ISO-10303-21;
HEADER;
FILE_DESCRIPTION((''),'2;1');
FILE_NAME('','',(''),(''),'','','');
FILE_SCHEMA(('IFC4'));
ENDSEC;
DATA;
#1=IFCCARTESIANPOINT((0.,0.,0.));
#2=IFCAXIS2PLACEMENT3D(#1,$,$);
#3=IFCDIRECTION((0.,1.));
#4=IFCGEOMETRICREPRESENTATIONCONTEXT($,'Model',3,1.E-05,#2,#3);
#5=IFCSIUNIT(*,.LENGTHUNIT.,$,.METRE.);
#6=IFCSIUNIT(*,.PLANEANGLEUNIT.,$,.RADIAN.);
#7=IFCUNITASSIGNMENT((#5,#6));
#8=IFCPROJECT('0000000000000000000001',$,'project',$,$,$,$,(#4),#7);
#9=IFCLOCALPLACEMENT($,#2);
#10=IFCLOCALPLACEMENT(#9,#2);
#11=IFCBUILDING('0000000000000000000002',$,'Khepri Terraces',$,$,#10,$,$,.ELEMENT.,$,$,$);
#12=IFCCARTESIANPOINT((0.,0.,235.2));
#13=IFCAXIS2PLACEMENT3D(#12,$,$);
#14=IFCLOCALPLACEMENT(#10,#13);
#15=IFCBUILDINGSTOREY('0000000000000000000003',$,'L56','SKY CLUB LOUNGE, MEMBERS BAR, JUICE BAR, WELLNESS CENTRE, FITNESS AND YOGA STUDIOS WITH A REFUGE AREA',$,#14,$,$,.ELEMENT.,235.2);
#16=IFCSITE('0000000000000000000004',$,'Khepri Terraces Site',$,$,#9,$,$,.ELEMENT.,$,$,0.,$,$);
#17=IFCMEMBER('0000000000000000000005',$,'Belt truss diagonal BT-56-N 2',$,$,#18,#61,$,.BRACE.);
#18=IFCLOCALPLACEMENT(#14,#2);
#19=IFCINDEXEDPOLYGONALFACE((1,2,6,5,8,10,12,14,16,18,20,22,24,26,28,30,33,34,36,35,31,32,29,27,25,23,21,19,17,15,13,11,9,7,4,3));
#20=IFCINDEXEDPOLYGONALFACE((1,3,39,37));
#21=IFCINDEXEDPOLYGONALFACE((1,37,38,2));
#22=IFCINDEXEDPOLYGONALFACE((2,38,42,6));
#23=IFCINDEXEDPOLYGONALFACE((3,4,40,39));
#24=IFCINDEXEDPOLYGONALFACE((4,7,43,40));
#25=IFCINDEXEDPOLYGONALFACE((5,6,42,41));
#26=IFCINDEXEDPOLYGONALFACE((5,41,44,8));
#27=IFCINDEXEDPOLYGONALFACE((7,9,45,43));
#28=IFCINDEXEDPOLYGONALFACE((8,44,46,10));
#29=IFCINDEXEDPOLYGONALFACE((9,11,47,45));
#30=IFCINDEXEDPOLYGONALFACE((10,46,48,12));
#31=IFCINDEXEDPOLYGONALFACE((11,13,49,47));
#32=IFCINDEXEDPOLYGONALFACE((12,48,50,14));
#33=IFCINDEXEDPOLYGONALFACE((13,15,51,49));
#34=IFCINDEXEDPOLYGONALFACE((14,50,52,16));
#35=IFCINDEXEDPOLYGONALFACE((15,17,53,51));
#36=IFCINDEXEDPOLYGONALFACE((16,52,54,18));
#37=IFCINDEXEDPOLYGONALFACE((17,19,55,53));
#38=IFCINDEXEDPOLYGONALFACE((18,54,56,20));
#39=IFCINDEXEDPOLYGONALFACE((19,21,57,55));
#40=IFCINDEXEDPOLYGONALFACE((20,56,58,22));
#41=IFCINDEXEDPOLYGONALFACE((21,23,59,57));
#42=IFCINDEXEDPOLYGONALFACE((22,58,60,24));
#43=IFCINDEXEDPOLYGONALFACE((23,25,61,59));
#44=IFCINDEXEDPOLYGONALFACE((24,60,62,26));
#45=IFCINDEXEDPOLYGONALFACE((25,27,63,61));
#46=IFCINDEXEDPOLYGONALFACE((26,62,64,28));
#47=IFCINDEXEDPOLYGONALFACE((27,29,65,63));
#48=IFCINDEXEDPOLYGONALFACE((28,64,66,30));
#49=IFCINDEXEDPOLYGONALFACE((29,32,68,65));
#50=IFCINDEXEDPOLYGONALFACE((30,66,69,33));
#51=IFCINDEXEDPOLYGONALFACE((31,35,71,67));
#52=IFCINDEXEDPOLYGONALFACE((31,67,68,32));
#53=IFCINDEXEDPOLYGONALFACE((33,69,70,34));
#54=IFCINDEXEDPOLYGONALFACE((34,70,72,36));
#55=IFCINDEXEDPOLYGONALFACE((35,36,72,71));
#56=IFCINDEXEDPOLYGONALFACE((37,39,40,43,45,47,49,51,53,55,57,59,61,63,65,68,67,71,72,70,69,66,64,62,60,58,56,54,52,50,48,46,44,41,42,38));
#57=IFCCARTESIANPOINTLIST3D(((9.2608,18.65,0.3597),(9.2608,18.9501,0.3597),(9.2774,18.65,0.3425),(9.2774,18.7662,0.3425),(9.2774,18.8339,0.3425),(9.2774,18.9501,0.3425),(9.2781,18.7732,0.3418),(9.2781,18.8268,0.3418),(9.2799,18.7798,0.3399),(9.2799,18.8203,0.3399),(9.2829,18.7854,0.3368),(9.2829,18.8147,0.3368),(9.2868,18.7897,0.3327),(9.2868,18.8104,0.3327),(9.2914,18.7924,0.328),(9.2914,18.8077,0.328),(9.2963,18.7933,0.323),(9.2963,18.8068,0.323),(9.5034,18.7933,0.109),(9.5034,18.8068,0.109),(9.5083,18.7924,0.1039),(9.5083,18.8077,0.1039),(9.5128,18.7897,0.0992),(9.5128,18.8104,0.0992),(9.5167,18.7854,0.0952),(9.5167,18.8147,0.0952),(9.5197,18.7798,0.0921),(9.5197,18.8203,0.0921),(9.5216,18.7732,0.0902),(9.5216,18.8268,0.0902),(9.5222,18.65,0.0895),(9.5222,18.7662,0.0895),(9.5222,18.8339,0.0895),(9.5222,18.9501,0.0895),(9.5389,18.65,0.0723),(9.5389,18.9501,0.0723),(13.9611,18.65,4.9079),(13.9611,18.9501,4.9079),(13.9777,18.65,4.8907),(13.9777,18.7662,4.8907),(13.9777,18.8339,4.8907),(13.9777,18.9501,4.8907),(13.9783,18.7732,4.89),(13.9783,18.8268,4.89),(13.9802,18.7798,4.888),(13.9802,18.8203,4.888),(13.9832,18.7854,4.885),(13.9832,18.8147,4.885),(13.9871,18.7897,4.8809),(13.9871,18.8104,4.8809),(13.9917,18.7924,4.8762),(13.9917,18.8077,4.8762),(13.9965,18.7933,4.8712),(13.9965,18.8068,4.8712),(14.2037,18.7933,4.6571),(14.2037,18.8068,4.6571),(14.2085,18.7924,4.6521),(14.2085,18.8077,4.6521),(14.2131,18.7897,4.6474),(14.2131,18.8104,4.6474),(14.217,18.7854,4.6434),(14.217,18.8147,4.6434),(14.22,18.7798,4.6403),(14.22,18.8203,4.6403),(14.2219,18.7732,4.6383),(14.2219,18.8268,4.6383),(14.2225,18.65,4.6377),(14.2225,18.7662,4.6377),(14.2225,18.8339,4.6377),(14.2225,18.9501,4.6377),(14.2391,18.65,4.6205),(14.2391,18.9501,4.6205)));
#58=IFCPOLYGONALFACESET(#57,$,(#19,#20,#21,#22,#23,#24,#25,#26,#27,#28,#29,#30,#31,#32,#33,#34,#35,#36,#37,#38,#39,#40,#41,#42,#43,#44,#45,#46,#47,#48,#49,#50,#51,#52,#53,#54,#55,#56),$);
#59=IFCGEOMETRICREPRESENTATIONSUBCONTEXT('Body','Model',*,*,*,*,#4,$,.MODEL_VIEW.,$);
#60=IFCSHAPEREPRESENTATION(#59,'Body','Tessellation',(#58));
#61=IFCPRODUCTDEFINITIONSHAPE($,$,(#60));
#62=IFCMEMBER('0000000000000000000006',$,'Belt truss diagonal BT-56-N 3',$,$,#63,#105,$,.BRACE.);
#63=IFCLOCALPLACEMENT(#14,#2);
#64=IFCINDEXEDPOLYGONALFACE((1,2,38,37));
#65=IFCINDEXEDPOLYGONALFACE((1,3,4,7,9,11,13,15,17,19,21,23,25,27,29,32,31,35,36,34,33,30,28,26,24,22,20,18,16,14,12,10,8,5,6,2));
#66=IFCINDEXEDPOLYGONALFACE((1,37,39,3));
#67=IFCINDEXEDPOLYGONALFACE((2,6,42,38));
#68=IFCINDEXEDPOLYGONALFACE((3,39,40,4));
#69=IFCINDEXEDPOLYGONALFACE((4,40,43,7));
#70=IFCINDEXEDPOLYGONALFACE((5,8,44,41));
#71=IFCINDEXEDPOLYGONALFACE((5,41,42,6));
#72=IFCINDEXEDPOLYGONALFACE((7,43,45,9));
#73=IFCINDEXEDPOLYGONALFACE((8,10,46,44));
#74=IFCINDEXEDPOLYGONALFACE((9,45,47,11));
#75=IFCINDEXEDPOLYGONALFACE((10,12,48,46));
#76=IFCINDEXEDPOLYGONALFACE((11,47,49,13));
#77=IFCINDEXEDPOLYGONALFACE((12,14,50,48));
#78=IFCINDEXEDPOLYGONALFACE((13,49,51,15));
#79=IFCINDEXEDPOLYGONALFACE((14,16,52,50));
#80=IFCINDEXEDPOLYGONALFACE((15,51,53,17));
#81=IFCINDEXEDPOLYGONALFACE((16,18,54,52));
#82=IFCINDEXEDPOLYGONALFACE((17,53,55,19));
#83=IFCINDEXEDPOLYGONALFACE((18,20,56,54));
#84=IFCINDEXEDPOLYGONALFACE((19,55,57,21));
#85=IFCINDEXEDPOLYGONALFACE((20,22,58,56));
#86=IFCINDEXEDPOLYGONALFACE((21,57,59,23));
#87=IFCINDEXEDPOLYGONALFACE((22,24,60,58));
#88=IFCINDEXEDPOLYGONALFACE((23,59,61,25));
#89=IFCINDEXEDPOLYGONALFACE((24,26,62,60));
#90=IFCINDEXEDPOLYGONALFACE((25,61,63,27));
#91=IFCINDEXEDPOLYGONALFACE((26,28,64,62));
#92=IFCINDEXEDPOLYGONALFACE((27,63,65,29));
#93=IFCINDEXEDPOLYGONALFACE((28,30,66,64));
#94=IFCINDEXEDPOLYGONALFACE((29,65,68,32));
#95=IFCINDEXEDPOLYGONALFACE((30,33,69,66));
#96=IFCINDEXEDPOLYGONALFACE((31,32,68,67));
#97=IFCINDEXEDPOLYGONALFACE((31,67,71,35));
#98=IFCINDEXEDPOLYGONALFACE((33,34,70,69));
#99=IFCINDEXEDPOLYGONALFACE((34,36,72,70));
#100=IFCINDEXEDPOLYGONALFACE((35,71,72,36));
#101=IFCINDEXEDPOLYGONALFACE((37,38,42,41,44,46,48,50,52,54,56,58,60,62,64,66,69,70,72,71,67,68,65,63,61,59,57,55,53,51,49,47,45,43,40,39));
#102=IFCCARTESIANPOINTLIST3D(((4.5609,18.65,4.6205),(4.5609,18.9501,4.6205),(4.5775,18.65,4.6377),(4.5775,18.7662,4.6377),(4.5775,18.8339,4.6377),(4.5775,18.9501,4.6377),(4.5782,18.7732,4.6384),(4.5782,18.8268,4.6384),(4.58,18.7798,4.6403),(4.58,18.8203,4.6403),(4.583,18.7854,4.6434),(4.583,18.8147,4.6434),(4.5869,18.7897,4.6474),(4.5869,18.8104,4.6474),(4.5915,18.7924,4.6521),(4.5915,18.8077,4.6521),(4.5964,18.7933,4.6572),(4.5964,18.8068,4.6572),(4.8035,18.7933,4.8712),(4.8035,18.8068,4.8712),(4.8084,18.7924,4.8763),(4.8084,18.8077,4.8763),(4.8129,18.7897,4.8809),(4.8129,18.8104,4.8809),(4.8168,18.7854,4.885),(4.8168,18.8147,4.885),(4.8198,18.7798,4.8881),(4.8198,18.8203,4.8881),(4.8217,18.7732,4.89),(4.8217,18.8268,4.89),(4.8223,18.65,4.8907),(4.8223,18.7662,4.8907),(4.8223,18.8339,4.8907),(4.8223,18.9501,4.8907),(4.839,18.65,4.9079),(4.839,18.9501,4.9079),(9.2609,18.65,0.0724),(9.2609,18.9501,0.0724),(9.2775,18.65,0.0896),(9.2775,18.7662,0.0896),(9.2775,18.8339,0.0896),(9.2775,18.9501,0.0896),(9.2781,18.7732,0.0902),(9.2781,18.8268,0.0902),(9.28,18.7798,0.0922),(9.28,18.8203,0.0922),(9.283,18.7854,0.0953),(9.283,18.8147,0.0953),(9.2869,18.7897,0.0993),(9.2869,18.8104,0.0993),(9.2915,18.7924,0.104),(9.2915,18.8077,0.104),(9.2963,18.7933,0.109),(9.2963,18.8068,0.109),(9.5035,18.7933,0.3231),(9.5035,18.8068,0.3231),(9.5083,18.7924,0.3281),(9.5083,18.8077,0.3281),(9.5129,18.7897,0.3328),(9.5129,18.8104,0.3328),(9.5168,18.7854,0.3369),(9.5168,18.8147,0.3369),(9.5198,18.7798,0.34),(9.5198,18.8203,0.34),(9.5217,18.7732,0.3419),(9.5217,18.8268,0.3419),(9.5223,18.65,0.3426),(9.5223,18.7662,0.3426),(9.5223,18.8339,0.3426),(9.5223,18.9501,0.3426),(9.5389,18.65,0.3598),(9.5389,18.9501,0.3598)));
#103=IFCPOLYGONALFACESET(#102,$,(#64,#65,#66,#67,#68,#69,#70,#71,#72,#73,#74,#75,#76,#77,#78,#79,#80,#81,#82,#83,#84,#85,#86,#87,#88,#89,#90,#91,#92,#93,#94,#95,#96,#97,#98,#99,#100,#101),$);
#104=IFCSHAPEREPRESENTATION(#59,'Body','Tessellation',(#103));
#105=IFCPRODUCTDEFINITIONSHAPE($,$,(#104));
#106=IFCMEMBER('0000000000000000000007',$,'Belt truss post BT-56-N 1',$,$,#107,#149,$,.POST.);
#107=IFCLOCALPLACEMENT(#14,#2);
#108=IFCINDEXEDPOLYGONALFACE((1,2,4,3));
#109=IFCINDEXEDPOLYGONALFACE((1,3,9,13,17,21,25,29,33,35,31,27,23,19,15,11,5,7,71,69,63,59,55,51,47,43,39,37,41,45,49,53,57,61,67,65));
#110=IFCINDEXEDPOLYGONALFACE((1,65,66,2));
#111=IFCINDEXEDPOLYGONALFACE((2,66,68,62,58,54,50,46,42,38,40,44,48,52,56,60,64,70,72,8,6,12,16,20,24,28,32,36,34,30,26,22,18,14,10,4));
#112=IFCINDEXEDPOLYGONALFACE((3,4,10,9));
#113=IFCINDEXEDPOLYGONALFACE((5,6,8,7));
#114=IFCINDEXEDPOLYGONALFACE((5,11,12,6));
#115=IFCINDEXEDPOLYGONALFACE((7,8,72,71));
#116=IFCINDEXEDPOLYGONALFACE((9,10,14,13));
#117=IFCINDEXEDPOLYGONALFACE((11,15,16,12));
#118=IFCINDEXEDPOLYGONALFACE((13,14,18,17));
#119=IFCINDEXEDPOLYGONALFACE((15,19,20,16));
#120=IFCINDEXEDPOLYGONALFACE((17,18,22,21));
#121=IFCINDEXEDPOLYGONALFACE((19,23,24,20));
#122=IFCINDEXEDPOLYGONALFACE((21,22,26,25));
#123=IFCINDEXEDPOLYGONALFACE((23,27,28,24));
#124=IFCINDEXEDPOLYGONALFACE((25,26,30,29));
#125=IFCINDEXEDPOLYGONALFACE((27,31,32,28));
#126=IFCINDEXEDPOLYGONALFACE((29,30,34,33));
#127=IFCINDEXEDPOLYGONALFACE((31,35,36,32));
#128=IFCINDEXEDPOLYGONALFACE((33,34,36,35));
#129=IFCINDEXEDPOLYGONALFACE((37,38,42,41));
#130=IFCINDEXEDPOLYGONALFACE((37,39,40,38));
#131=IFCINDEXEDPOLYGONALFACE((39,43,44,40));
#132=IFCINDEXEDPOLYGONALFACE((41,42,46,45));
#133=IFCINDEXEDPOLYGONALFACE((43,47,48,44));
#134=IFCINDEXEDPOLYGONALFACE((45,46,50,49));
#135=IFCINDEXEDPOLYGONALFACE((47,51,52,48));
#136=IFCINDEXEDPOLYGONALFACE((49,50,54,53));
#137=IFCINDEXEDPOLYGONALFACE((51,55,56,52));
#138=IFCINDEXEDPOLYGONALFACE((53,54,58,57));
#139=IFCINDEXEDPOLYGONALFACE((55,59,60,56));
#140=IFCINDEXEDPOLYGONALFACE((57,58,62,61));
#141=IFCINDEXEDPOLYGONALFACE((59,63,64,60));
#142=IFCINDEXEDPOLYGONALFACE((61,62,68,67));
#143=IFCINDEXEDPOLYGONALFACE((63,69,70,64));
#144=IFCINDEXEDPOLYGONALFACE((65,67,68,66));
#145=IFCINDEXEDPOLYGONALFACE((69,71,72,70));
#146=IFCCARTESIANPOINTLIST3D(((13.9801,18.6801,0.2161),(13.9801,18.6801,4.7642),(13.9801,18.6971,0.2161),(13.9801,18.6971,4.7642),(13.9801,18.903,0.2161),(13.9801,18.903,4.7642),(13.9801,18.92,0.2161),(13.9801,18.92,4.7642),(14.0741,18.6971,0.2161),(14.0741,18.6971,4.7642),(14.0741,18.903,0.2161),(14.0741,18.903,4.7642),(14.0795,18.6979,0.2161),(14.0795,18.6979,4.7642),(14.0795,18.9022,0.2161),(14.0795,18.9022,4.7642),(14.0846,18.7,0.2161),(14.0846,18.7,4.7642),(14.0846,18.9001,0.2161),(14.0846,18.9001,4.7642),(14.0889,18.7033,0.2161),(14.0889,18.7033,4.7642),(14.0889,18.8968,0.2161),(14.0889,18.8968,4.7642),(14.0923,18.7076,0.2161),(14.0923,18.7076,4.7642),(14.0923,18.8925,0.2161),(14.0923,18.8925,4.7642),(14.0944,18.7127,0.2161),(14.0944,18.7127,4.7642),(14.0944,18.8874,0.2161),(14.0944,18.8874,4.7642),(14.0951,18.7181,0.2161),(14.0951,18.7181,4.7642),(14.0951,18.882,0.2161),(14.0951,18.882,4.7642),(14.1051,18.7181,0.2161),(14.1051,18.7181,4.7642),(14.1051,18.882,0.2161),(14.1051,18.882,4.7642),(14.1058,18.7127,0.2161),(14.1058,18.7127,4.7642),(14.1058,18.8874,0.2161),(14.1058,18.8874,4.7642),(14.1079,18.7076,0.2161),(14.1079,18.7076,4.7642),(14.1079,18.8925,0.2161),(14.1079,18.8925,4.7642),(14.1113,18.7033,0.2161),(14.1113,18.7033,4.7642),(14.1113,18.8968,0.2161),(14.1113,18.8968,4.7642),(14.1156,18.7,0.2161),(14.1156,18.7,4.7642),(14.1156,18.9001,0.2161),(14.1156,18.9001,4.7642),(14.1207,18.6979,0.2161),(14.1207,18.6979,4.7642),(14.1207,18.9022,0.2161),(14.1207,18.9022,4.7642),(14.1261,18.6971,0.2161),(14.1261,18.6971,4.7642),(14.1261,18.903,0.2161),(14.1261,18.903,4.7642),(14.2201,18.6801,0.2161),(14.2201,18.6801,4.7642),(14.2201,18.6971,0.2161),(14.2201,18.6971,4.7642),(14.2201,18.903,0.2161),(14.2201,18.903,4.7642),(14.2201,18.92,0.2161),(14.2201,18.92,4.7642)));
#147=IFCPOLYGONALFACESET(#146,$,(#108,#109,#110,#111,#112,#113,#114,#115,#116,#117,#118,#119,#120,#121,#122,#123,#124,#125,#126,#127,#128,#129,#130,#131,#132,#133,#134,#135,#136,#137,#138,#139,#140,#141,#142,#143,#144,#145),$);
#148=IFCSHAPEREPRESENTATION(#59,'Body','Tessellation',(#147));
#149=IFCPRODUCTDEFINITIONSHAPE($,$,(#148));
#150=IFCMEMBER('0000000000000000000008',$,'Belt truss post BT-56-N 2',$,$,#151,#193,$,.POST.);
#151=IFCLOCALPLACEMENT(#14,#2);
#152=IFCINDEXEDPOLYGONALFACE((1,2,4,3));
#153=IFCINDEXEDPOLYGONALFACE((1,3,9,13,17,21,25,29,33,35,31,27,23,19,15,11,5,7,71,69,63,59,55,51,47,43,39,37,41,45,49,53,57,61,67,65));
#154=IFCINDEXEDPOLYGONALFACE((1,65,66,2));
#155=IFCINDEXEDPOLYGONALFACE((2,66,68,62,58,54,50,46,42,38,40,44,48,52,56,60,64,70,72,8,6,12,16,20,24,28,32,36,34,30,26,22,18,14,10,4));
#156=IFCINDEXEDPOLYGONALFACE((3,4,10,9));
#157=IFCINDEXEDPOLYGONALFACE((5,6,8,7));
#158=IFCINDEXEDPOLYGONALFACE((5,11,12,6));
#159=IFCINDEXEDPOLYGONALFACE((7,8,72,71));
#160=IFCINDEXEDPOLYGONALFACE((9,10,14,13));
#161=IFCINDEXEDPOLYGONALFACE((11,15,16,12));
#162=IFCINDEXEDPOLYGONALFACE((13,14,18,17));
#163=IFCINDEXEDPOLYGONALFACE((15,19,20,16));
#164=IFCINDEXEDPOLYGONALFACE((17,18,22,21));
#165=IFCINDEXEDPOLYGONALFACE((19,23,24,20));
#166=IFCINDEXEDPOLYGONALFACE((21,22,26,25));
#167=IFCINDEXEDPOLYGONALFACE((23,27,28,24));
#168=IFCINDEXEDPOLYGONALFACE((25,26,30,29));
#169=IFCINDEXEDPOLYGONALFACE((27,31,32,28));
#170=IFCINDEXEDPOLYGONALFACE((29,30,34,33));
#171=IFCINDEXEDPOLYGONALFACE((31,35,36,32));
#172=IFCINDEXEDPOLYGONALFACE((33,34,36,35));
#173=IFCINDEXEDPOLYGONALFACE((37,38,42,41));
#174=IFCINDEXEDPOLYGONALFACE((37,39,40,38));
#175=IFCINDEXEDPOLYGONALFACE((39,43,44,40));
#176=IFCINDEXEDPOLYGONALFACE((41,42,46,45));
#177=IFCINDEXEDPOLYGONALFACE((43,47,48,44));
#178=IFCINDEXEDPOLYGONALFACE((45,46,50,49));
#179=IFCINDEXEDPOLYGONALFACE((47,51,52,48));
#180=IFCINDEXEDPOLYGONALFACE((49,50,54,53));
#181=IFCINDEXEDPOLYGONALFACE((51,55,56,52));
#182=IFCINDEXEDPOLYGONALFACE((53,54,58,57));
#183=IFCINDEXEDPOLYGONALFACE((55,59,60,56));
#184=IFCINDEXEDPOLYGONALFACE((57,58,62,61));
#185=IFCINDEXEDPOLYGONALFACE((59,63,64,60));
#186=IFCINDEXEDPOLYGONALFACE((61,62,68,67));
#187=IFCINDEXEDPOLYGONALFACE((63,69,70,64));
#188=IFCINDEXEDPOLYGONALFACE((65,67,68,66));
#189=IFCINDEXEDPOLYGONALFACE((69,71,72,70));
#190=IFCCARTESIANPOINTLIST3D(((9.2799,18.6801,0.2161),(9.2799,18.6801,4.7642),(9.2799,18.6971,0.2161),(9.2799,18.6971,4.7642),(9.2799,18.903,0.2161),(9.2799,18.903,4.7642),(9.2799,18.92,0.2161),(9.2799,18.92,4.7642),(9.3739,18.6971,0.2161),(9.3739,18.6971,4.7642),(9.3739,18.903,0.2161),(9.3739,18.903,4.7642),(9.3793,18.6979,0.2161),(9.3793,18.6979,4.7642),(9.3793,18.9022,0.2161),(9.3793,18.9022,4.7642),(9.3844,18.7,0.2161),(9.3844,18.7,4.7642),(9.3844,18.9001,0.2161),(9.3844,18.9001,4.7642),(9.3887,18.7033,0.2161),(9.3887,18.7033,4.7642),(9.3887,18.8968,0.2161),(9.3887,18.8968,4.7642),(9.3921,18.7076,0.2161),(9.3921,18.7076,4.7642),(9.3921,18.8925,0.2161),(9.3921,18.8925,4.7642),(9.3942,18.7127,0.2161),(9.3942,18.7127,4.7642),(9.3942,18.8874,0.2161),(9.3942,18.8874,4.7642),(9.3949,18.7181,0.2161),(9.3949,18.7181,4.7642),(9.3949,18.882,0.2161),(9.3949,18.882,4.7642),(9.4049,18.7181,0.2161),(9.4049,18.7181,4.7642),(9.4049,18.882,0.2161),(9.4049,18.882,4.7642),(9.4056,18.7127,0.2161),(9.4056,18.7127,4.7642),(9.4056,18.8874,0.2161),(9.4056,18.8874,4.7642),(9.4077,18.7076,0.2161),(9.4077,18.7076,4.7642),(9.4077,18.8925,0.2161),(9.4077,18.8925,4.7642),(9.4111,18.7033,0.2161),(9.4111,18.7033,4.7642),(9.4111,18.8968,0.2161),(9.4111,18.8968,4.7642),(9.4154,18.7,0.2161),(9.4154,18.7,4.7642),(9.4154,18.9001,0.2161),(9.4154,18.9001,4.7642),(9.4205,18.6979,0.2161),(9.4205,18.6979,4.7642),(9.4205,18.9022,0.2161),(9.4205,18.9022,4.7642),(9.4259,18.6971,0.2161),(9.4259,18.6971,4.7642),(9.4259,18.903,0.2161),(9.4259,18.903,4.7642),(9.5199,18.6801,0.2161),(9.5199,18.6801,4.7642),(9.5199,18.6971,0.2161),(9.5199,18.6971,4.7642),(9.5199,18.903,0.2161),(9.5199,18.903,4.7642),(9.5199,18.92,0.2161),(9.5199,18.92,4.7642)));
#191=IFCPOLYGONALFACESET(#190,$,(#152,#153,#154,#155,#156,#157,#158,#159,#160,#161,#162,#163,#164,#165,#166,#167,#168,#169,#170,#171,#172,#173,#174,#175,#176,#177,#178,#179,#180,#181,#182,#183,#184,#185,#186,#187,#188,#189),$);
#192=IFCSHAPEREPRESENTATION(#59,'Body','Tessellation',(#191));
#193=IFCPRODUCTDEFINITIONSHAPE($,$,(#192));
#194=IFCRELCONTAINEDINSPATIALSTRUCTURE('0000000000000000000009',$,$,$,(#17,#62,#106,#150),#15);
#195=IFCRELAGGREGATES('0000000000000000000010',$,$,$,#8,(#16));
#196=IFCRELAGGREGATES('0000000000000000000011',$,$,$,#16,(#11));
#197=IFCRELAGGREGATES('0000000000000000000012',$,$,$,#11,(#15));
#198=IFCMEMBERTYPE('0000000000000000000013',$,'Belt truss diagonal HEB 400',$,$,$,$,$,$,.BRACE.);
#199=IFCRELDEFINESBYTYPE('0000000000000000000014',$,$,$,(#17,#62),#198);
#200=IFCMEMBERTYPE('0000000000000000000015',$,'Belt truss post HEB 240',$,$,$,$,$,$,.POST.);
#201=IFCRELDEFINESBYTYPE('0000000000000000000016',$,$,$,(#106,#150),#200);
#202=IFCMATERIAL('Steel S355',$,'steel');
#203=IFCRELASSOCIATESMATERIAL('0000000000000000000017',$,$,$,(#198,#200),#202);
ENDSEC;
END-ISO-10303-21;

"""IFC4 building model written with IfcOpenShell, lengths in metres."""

from ifc_helpers import new_model, si_unit, direction, frame, origin, origin_2d, place, context, subcontext, project, spatial, i_section, extrude, material, material_profile, profile_set, type_object, element, save


model = new_model("IFC4")

# Units and contexts
model_context = context("Model", 3, precision=1e-05, world=origin(), true_north=direction((0.0, 1.0)))
body_context = subcontext(model_context, "Body", "Model", "MODEL_VIEW")
ifc_project = project(units=[si_unit("LENGTHUNIT", "METRE"), si_unit("PLANEANGLEUNIT", "RADIAN")], contexts=[model_context])

# Site, building, storey
site_placement = place(None, origin())
site = spatial("IfcSite", under=ifc_project, at=site_placement, Name="Khepri Terraces Site", CompositionType="ELEMENT", RefElevation=0.0)
building_placement = place(site_placement, origin())
building = spatial("IfcBuilding", under=site, at=building_placement, Name="Khepri Terraces", CompositionType="ELEMENT")
storey_placement = place(building_placement, frame((0.0, 0.0, 235.2)))
storey = spatial("IfcBuildingStorey", under=building, at=storey_placement, Name="L56", Description="SKY CLUB LOUNGE, MEMBERS BAR, JUICE BAR, WELLNESS CENTRE, FITNESS AND YOGA STUDIOS WITH A REFUGE AREA", CompositionType="ELEMENT", Elevation=235.2)

# Members
ifc_material_1 = material(Name="Steel S355", Category="steel")
ifc_material_profile_1 = material_profile(ifc_material_1, i_section(OverallWidth=0.3, OverallDepth=0.3999, WebThickness=0.0134, FlangeThickness=0.0239, FilletRadius=0.0271, at=origin_2d()), Name="Steel S355", Category="steel")
ifc_profile_set_1 = profile_set([ifc_material_profile_1], Name="Steel S355")
member_type_1 = type_object("IfcMemberType", Name="Belt truss diagonal HEB 400", PredefinedType="BRACE", material=ifc_profile_set_1)
member_1_placement = place(storey_placement, frame((14.1001, 18.8, 4.7642), z_axis=(-0.718639, 0.0, -0.695383), x_axis=(0.0, -1.0, 0.0)))
element("IfcMember", 1, at=member_1_placement, inside=storey, type_object=member_type_1, Name="Belt truss diagonal BT-56-N 2", PredefinedType="BRACE", context=body_context, shape_type="SweptSolid", body=[
    extrude(i_section(OverallWidth=0.3, OverallDepth=0.3999, WebThickness=0.0134, FlangeThickness=0.0239, FilletRadius=0.0271, at=origin_2d()), origin(), (0.0, 0.0, 1.0), 6.5405),
])
member_2_placement = place(storey_placement, frame((9.3999, 18.8, 0.2161), z_axis=(-0.718621, 0.0, 0.695402), x_axis=(0.0, -1.0, 0.0)))
element("IfcMember", 2, at=member_2_placement, inside=storey, type_object=member_type_1, Name="Belt truss diagonal BT-56-N 3", PredefinedType="BRACE", context=body_context, shape_type="SweptSolid", body=[
    extrude(i_section(OverallWidth=0.3, OverallDepth=0.3999, WebThickness=0.0134, FlangeThickness=0.0239, FilletRadius=0.0271, at=origin_2d()), origin(), (0.0, 0.0, 1.0), 6.5403),
])
ifc_material_profile_2 = material_profile(ifc_material_1, i_section(OverallWidth=0.24, OverallDepth=0.24, WebThickness=0.01, FlangeThickness=0.0171, FilletRadius=0.021, at=origin_2d()), Name="Steel S355", Category="steel")
ifc_profile_set_2 = profile_set([ifc_material_profile_2], Name="Steel S355")
member_type_2 = type_object("IfcMemberType", Name="Belt truss post HEB 240", PredefinedType="POST", material=ifc_profile_set_2)
for number, where, z_axis, x_axis, name in (
    (3, (14.1001, 18.8, 0.2161), (0.0, 0.0, 1.0), (1.0, 0.0, 0.0), "Belt truss post BT-56-N 1"),
    (4, (9.3999, 18.8, 0.2161), (0.0, 0.0, 1.0), (1.0, 0.0, 0.0), "Belt truss post BT-56-N 2"),
):
    element("IfcMember", number, at=place(storey_placement, frame(where, z_axis=z_axis, x_axis=x_axis)), inside=storey, type_object=member_type_2, Name=name, PredefinedType="POST", context=body_context, shape_type="SweptSolid", body=[
        extrude(i_section(OverallWidth=0.24, OverallDepth=0.24, WebThickness=0.01, FlangeThickness=0.0171, FilletRadius=0.021, at=origin_2d()), origin(), (0.0, 0.0, 1.0), 4.5481),
    ])

save(model, "model.ifc")
